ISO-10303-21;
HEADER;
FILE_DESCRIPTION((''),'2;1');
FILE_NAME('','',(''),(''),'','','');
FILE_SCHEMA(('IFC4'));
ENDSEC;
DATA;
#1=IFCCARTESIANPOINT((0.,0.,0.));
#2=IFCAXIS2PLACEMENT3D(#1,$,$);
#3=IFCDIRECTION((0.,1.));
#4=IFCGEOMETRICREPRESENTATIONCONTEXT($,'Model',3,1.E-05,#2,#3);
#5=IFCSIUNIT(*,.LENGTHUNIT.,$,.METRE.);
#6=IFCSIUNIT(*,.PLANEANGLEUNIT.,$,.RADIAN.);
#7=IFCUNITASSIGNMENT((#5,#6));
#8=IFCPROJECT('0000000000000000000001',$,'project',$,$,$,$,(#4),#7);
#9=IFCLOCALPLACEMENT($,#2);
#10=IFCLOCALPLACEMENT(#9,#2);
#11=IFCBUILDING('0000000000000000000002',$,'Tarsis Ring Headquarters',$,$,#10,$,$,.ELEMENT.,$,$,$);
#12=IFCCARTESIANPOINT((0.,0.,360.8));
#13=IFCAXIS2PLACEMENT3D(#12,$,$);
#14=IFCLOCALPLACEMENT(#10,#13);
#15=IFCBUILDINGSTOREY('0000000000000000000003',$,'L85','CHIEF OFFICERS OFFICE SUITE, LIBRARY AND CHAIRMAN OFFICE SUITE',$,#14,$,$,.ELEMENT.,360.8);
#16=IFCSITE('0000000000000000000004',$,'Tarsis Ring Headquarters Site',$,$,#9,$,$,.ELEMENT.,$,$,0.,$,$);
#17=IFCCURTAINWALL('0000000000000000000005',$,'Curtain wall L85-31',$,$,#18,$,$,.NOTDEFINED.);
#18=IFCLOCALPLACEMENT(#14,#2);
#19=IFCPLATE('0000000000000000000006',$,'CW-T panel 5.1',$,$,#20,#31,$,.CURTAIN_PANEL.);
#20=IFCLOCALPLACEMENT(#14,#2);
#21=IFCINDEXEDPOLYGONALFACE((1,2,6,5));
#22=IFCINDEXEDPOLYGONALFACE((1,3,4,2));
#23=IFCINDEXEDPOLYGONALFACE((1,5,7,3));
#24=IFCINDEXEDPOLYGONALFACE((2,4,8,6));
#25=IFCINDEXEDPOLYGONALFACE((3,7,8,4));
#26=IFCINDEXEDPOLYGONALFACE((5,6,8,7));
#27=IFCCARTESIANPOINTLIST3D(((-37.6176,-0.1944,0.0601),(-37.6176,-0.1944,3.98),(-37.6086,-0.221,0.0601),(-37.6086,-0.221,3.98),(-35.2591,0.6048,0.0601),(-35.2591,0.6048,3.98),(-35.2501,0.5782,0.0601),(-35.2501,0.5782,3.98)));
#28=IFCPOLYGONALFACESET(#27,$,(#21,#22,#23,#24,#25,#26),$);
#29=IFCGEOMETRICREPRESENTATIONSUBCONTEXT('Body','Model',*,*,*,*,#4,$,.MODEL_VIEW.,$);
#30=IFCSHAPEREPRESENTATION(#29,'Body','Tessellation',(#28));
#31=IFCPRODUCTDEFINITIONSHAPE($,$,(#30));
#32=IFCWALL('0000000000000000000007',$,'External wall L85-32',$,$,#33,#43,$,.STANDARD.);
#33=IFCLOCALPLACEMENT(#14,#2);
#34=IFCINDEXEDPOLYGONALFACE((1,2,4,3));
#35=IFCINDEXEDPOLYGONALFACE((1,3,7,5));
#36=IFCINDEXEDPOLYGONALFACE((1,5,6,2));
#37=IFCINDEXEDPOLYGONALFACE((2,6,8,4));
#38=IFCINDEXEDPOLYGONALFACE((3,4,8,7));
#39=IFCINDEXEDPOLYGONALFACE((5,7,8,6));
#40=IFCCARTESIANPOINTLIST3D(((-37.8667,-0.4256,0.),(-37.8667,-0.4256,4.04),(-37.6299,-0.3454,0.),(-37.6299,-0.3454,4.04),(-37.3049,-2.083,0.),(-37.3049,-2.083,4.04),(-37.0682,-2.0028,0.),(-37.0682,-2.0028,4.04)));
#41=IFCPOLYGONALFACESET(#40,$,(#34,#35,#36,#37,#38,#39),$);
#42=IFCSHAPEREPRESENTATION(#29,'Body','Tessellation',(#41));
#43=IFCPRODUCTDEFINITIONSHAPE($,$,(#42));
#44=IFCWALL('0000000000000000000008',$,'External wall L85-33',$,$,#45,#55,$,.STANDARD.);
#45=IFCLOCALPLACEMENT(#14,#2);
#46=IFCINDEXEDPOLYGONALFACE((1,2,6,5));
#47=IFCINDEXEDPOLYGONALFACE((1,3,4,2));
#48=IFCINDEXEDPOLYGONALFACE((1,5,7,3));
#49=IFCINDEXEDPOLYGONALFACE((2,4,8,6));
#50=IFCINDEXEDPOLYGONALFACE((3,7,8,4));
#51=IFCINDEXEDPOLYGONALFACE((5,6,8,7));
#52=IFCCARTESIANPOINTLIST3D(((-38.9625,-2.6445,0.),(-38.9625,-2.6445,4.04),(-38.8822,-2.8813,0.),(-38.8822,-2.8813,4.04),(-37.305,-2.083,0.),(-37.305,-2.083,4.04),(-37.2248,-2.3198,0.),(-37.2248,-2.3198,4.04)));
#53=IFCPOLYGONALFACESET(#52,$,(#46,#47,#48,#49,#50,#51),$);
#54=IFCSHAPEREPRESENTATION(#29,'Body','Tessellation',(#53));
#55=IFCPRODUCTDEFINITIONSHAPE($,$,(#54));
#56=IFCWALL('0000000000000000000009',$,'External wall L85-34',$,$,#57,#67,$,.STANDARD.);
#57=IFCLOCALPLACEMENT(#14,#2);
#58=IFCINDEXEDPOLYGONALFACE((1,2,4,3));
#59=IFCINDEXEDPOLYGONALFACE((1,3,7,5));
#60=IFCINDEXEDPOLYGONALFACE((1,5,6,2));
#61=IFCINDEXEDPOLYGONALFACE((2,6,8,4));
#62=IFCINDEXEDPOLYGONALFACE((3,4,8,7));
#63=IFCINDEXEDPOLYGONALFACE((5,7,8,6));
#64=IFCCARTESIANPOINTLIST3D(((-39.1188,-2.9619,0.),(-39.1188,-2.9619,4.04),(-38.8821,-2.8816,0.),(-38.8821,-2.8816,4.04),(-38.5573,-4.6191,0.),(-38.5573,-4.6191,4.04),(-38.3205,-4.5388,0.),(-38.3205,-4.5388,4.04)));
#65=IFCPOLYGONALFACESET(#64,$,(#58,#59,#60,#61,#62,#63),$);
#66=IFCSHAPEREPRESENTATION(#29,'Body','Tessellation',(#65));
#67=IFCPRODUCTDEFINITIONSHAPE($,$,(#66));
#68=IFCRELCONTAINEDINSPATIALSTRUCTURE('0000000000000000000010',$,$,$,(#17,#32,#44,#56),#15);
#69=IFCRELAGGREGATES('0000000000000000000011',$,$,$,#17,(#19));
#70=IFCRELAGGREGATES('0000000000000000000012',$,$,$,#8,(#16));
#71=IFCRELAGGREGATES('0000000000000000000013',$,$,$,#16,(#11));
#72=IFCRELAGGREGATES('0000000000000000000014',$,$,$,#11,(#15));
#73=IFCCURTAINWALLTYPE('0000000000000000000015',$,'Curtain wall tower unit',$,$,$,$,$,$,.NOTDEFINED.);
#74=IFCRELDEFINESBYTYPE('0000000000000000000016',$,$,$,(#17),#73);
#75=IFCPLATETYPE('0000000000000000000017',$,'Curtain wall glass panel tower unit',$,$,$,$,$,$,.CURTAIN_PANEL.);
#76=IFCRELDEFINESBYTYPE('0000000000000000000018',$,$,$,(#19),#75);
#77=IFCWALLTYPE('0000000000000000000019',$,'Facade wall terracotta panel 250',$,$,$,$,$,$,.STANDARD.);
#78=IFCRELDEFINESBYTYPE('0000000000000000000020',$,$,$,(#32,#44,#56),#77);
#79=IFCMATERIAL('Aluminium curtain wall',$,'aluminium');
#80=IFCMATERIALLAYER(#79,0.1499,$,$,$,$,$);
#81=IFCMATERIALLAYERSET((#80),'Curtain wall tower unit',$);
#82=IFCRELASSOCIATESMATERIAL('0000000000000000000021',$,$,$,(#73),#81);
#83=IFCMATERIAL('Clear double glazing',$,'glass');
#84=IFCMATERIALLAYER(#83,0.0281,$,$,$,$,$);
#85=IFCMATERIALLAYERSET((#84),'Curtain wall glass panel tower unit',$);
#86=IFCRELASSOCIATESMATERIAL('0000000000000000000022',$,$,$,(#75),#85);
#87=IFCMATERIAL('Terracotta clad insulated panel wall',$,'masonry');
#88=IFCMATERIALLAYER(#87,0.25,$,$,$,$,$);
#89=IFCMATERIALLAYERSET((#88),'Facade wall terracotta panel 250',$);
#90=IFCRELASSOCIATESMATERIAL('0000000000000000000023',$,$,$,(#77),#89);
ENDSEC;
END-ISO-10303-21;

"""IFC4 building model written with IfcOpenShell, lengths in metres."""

from ifc_helpers import new_model, si_unit, direction, frame, frame_2d, origin, origin_2d, place, context, subcontext, project, spatial, rectangle, extrude, material, layer, layer_set, type_object, element, aggregate, save


model = new_model("IFC4")

# Units and contexts
model_context = context("Model", 3, precision=1e-05, world=origin(), true_north=direction((0.0, 1.0)))
body_context = subcontext(model_context, "Body", "Model", "MODEL_VIEW")
ifc_project = project(units=[si_unit("LENGTHUNIT", "METRE"), si_unit("PLANEANGLEUNIT", "RADIAN")], contexts=[model_context])

# Site, building, storey
site_placement = place(None, origin())
site = spatial("IfcSite", under=ifc_project, at=site_placement, Name="Tarsis Ring Headquarters Site", CompositionType="ELEMENT", RefElevation=0.0)
building_placement = place(site_placement, origin())
building = spatial("IfcBuilding", under=site, at=building_placement, Name="Tarsis Ring Headquarters", CompositionType="ELEMENT")
storey_placement = place(building_placement, frame((0.0, 0.0, 360.8)))
storey = spatial("IfcBuildingStorey", under=building, at=storey_placement, Name="L85", Description="CHIEF OFFICERS OFFICE SUITE, LIBRARY AND CHAIRMAN OFFICE SUITE", CompositionType="ELEMENT", Elevation=360.8)

# Curtain wall
ifc_material_1 = material(Name="Aluminium curtain wall", Category="aluminium")
ifc_layer_1 = layer(ifc_material_1, 0.1499)
ifc_layer_set_1 = layer_set([ifc_layer_1], Name="Curtain wall tower unit")
curtain_wall_type = type_object("IfcCurtainWallType", Name="Curtain wall tower unit", PredefinedType="NOTDEFINED", material=ifc_layer_set_1)
curtain_wall_placement = place(storey_placement, origin())
curtain_wall = element("IfcCurtainWall", 1, at=curtain_wall_placement, inside=storey, type_object=curtain_wall_type, Name="Curtain wall L85-31", PredefinedType="NOTDEFINED")

# Plate
ifc_material_2 = material(Name="Clear double glazing", Category="glass")
ifc_layer_2 = layer(ifc_material_2, 0.0281)
ifc_layer_set_2 = layer_set([ifc_layer_2], Name="Curtain wall glass panel tower unit")
plate_type = type_object("IfcPlateType", Name="Curtain wall glass panel tower unit", PredefinedType="CURTAIN_PANEL", material=ifc_layer_set_2)
plate_placement = place(storey_placement, frame((-36.4338, 0.1919, 0.0601), z_axis=(0.0, 0.0, 1.0), x_axis=(-0.947098, -0.320944, 0.0)))
plate = element("IfcPlate", 2, at=plate_placement, type_object=plate_type, Name="CW-T panel 5.1", PredefinedType="CURTAIN_PANEL", context=body_context, shape_type="SweptSolid", body=[
    extrude(rectangle(XDim=2.4902, YDim=0.0281, at=origin_2d()), origin(), (0.0, 0.0, 1.0), 3.9199),
])
aggregate(curtain_wall, [plate])

# Walls
ifc_material_3 = material(Name="Terracotta clad insulated panel wall", Category="masonry")
ifc_layer_3 = layer(ifc_material_3, 0.25)
ifc_layer_set_3 = layer_set([ifc_layer_3], Name="Facade wall terracotta panel 250")
wall_type = type_object("IfcWallType", Name="Facade wall terracotta panel 250", PredefinedType="STANDARD", material=ifc_layer_set_3)
for number, where, z_axis, x_axis, name in (
    (3, (-37.7483, -0.3855, 0.0), (0.0, 0.0, 1.0), (0.320995, -0.947081, 0.0), "External wall L85-32"),
    (4, (-37.2649, -2.2014, 0.0), (0.0, 0.0, 1.0), (-0.947123, -0.32087, 0.0), "External wall L85-33"),
):
    element("IfcWall", number, at=place(storey_placement, frame(where, z_axis=z_axis, x_axis=x_axis)), inside=storey, type_object=wall_type, Name=name, PredefinedType="STANDARD", context=body_context, shape_type="SweptSolid", body=[
        extrude(rectangle(XDim=1.75, YDim=0.25, at=frame_2d((0.875, 0.0))), origin(), (0.0, 0.0, 1.0), 4.04),
    ])
wall_placement = place(storey_placement, frame((-39.0005, -2.9216, 0.0), z_axis=(0.0, 0.0, 1.0), x_axis=(0.320912, -0.947109, 0.0)))
element("IfcWall", 5, at=wall_placement, inside=storey, type_object=wall_type, Name="External wall L85-34", PredefinedType="STANDARD", context=body_context, shape_type="SweptSolid", body=[
    extrude(rectangle(XDim=1.7498, YDim=0.25, at=frame_2d((0.875, 0.0))), origin(), (0.0, 0.0, 1.0), 4.04),
])

save(model, "model.ifc")
